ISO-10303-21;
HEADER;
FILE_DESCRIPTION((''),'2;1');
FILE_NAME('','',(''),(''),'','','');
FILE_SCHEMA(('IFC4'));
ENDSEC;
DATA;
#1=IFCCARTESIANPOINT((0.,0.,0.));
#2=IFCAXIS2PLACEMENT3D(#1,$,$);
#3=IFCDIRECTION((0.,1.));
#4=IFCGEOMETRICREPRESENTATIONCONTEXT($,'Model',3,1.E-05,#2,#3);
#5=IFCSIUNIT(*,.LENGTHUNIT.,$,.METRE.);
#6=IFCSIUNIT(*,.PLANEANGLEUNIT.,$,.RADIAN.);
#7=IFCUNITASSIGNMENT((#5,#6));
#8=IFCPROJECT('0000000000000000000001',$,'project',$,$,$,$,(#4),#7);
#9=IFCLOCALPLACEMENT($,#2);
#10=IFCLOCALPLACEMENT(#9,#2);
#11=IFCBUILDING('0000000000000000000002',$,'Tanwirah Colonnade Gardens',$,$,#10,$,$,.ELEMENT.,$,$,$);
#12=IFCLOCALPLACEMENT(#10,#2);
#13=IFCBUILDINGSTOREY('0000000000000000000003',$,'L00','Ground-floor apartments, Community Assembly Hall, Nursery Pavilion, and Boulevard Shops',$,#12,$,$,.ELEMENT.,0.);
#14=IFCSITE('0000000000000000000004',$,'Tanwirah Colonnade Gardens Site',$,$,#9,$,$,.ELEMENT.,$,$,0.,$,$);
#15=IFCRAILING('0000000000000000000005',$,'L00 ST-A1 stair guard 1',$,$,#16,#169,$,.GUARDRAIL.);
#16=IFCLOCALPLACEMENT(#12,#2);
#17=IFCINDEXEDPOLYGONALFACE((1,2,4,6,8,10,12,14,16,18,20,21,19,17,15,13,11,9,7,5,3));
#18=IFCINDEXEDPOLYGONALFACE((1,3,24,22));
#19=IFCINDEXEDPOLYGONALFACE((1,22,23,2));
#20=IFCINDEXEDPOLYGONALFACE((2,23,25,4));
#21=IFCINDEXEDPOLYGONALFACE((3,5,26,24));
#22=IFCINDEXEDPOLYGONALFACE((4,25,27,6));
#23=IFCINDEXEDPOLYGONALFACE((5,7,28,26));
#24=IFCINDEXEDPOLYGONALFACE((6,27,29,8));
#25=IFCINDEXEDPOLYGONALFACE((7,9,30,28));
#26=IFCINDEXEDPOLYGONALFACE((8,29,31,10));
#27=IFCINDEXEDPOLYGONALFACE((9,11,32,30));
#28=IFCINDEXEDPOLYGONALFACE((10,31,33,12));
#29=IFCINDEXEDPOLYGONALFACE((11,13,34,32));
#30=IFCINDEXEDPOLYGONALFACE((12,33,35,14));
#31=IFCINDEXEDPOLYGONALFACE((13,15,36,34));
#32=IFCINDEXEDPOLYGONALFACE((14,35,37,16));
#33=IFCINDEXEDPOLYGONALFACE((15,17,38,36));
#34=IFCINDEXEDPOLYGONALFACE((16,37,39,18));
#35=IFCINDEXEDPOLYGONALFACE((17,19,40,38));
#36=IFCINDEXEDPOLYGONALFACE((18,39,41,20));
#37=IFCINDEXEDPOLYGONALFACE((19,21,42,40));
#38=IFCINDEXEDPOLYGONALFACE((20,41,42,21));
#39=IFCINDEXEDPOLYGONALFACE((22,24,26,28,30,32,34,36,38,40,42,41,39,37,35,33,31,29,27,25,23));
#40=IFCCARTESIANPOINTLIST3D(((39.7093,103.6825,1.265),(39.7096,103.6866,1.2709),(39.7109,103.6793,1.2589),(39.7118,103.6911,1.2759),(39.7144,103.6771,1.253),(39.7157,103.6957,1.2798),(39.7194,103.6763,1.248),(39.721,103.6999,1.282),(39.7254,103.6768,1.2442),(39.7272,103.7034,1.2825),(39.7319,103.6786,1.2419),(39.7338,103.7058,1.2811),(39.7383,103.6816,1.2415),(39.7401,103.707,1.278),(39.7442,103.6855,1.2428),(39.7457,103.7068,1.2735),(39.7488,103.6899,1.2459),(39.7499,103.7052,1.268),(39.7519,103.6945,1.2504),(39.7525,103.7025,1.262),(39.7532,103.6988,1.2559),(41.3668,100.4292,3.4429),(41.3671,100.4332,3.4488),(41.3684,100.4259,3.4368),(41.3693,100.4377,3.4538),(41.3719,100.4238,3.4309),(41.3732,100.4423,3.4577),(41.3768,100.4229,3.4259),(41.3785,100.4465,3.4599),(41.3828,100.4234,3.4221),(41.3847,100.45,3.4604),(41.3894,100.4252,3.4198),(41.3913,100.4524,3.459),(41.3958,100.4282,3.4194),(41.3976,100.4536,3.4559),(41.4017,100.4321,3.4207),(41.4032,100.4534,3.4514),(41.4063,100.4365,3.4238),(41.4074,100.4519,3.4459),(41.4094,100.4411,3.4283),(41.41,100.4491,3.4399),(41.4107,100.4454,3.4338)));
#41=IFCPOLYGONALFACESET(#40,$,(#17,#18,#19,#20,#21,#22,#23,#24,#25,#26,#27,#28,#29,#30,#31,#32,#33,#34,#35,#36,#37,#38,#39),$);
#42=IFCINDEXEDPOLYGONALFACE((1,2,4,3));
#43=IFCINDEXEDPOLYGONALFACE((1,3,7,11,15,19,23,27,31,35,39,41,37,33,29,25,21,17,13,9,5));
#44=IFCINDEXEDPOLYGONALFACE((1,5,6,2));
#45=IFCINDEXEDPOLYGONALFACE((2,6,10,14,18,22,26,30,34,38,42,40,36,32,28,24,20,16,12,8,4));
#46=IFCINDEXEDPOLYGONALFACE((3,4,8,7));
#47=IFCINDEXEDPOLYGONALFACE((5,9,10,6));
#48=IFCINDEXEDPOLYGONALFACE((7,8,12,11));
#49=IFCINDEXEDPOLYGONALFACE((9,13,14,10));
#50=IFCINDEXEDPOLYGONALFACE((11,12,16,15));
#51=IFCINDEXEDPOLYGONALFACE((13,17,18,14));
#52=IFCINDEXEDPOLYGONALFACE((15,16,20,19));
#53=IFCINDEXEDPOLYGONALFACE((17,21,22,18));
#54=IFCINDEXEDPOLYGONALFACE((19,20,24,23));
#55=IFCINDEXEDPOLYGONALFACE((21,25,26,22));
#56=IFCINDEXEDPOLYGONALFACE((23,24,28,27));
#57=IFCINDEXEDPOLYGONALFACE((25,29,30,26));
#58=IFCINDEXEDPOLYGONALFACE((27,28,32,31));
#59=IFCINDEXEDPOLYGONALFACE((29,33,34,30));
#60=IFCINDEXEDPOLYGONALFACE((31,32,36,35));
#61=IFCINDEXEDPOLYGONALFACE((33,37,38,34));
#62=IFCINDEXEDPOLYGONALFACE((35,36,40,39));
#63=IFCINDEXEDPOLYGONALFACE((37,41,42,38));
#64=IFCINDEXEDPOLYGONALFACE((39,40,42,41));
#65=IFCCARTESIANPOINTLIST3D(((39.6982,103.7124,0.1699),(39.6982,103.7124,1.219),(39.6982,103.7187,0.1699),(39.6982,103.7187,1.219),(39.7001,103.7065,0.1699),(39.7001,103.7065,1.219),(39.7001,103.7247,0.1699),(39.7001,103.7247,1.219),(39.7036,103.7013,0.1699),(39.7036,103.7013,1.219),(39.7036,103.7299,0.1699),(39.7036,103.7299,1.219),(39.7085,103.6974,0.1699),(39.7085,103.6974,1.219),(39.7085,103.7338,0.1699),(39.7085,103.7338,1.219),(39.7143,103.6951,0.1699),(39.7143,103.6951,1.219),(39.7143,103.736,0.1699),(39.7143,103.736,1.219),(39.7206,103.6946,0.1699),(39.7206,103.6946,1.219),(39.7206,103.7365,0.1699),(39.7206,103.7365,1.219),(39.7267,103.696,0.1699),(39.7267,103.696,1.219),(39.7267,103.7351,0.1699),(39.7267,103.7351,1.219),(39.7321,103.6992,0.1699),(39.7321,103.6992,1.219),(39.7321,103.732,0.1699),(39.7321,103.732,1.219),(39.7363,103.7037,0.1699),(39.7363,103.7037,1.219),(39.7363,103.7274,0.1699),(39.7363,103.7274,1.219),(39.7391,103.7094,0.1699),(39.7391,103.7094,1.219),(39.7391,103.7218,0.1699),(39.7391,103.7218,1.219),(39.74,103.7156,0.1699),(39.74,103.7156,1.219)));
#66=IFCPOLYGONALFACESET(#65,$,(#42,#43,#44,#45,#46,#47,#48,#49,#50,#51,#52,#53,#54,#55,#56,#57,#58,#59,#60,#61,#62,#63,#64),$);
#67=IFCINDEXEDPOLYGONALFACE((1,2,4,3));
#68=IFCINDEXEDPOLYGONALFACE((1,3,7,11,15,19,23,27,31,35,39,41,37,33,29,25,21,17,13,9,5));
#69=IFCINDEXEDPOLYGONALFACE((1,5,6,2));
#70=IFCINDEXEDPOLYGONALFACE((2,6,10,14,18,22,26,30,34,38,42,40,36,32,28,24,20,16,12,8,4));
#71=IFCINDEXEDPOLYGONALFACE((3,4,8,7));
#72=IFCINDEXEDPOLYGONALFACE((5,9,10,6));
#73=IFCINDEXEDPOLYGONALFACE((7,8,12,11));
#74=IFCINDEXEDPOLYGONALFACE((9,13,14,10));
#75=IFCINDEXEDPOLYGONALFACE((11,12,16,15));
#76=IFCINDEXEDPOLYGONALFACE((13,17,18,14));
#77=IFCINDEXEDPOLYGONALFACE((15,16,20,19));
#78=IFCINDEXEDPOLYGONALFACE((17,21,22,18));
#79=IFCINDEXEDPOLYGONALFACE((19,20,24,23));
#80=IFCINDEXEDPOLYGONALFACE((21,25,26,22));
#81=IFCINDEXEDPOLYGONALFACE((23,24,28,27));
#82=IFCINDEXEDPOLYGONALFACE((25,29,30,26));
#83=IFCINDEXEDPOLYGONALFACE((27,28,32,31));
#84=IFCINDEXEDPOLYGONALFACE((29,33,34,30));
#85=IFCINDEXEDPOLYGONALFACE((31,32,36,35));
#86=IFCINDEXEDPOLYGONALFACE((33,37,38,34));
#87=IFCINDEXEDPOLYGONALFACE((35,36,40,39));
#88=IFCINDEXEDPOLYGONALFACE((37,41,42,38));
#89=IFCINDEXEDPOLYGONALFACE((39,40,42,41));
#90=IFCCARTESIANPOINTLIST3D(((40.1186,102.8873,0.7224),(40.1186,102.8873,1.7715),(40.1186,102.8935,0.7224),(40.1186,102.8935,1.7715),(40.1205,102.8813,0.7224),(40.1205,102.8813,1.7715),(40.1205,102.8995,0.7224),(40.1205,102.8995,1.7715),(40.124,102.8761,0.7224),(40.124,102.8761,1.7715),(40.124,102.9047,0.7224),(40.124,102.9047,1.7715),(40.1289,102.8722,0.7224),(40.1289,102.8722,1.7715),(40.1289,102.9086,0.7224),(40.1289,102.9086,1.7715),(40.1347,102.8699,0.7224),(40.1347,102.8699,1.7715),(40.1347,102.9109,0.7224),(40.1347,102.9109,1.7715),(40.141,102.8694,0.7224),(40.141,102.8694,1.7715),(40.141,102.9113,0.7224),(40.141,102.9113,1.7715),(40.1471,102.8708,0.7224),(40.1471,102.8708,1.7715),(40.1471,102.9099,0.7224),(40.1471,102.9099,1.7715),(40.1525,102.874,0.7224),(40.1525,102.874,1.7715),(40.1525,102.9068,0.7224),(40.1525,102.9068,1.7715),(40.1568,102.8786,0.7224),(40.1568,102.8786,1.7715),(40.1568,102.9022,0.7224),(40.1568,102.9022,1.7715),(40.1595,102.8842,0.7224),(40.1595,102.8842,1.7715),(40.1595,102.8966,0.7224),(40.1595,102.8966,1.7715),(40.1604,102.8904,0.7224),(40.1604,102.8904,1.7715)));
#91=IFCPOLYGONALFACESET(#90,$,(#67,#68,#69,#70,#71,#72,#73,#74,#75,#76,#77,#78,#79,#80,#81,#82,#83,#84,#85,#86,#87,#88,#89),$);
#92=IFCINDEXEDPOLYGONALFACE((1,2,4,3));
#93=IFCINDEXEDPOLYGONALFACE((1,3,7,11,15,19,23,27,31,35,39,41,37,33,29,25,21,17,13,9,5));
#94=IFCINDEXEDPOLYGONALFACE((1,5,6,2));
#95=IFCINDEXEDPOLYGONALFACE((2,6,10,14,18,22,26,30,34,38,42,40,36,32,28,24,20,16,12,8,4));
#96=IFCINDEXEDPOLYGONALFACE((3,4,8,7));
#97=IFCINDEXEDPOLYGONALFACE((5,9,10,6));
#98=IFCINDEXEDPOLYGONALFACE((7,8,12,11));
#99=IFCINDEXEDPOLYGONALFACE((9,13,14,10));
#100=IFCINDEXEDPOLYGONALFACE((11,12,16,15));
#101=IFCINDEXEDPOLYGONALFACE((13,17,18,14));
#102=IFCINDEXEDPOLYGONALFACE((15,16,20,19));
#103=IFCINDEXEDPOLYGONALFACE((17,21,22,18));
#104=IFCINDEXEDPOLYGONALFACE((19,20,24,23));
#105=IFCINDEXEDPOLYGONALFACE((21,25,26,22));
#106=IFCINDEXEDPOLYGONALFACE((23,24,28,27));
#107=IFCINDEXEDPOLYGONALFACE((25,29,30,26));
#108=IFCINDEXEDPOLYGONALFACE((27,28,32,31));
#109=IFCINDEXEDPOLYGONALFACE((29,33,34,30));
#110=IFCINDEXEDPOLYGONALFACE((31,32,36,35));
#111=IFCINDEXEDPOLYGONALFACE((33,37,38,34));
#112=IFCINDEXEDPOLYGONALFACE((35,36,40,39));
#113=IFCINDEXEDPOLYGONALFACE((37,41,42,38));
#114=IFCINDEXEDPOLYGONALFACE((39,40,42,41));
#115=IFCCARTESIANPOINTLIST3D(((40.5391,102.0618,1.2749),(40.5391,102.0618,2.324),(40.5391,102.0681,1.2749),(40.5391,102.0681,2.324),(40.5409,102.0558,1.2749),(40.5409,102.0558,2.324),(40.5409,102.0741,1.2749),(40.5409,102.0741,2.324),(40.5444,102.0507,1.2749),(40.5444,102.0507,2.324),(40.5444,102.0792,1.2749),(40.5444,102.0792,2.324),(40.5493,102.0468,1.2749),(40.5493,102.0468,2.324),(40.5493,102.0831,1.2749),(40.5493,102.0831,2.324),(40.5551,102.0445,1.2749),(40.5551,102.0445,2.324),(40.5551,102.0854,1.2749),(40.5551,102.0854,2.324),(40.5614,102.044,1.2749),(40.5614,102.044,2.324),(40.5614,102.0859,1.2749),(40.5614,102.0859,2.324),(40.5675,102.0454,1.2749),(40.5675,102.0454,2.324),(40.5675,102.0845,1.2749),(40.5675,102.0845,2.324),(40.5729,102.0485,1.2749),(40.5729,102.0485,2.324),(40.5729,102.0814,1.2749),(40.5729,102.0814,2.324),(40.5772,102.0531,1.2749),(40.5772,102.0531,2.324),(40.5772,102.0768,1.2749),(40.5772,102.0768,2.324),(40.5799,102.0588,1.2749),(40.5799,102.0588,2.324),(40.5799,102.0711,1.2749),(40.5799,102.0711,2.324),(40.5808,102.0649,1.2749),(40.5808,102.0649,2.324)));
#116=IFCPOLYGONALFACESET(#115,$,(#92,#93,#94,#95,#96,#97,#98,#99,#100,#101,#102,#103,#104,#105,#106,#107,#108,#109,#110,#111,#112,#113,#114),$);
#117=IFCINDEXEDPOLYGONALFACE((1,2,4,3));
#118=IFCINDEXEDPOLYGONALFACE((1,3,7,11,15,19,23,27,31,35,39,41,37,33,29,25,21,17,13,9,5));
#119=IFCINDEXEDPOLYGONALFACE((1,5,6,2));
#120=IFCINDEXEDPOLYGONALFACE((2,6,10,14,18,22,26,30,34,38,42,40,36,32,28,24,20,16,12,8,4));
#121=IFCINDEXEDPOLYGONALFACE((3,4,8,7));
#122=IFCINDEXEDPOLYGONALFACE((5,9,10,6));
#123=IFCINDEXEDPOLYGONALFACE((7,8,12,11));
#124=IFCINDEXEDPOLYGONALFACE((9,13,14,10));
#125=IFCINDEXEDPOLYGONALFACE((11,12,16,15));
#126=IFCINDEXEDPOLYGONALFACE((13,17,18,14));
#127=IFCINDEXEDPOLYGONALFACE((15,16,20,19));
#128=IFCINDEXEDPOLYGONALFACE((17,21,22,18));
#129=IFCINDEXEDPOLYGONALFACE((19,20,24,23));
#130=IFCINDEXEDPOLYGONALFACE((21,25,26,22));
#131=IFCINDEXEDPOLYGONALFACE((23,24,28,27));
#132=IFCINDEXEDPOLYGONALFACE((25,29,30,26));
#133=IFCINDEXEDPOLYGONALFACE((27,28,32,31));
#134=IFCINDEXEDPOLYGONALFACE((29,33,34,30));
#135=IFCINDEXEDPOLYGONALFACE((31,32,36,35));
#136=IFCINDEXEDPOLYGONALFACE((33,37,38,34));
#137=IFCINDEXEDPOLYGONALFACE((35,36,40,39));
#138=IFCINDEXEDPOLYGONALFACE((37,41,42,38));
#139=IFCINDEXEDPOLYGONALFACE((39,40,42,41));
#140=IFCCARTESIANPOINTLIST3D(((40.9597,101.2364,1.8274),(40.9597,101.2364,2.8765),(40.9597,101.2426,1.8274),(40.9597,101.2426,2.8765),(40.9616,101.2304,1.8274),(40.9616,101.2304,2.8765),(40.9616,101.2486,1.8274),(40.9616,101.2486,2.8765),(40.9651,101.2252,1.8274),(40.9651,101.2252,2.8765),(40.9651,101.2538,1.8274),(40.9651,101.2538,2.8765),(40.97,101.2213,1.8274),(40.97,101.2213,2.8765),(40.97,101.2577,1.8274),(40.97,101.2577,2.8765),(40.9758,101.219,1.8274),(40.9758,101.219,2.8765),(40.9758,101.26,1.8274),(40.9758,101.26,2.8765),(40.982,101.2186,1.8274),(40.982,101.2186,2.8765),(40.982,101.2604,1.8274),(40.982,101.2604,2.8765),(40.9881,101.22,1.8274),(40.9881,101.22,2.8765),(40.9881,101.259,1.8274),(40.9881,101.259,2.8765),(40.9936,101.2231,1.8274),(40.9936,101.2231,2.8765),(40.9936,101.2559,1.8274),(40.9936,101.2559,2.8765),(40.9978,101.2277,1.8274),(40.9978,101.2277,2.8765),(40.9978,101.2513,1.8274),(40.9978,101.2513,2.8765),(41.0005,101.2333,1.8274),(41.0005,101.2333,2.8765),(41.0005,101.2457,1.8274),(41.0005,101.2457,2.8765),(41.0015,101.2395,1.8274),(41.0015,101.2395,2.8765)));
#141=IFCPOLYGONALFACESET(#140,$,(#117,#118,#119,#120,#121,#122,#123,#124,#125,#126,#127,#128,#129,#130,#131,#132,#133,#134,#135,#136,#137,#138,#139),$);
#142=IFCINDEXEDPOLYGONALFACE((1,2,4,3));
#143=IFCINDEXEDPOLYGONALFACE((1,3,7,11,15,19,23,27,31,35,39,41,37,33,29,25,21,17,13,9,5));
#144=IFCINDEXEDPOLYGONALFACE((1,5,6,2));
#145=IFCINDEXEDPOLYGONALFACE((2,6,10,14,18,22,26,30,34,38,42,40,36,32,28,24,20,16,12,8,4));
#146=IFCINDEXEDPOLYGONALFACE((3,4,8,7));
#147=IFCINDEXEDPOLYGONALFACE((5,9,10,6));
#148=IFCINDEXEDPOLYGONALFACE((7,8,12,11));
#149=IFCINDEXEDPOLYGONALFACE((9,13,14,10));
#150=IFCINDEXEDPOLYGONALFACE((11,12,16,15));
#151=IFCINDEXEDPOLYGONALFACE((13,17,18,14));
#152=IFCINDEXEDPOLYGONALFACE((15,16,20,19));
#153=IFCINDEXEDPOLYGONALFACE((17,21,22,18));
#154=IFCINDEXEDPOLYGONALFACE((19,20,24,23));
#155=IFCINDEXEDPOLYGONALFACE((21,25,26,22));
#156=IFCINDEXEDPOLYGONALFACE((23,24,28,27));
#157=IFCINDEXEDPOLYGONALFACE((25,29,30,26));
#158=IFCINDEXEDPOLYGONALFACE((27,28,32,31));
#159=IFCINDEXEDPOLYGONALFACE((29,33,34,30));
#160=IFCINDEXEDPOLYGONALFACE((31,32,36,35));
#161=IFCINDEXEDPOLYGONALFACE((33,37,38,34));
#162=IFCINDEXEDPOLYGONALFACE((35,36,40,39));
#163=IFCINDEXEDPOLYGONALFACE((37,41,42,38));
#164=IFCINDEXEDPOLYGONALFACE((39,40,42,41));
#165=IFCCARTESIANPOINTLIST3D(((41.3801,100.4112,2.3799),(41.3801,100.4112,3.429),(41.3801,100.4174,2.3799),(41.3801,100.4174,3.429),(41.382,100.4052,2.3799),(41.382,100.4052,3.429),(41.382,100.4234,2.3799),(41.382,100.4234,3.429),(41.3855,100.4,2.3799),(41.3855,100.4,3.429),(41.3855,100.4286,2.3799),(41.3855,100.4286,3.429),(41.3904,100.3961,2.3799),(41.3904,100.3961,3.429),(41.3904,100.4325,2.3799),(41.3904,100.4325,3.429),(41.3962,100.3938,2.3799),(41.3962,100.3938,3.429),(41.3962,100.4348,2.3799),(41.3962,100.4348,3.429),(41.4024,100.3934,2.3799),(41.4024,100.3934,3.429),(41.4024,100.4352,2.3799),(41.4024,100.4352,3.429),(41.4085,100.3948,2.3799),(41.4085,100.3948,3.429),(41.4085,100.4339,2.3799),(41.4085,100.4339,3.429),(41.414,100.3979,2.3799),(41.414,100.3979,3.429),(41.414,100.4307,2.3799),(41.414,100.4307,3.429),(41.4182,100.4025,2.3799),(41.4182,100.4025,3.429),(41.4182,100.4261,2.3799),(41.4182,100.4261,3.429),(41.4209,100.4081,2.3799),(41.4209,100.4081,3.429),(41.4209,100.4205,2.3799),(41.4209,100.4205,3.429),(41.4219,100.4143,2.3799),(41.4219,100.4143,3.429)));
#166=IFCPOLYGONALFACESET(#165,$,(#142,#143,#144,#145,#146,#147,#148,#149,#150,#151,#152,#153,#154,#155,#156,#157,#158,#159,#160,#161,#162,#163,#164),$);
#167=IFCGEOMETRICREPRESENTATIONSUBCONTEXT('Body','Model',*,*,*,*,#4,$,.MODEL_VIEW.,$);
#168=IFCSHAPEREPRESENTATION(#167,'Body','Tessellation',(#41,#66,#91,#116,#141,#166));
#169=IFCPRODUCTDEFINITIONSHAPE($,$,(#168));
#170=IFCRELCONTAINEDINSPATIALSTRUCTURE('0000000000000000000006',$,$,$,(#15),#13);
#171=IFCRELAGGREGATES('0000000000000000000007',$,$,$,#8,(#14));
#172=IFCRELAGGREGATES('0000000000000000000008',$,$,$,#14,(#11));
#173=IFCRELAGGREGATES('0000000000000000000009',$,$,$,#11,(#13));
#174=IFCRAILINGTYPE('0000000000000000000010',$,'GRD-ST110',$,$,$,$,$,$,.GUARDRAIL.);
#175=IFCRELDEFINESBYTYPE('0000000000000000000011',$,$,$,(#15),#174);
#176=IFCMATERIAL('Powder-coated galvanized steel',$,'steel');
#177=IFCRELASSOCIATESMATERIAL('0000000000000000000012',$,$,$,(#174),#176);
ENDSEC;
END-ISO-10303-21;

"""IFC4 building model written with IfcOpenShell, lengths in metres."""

from ifc_helpers import new_model, si_unit, direction, frame, origin, origin_2d, place, context, subcontext, project, spatial, circle, extrude, material, type_object, element, save


model = new_model("IFC4")

# Units and contexts
model_context = context("Model", 3, precision=1e-05, world=origin(), true_north=direction((0.0, 1.0)))
body_context = subcontext(model_context, "Body", "Model", "MODEL_VIEW")
ifc_project = project(units=[si_unit("LENGTHUNIT", "METRE"), si_unit("PLANEANGLEUNIT", "RADIAN")], contexts=[model_context])

# Site, building, storey
site_placement = place(None, origin())
site = spatial("IfcSite", under=ifc_project, at=site_placement, Name="Tanwirah Colonnade Gardens Site", CompositionType="ELEMENT", RefElevation=0.0)
building_placement = place(site_placement, origin())
building = spatial("IfcBuilding", under=site, at=building_placement, Name="Tanwirah Colonnade Gardens", CompositionType="ELEMENT")
storey_placement = place(building_placement, origin())
storey = spatial("IfcBuildingStorey", under=building, at=storey_placement, Name="L00", Description="Ground-floor apartments, Community Assembly Hall, Nursery Pavilion, and Boulevard Shops", CompositionType="ELEMENT", Elevation=0.0)

# Railing
ifc_material_1 = material(Name="Powder-coated galvanized steel", Category="steel")
railing_type_1 = type_object("IfcRailingType", Name="GRD-ST110", PredefinedType="GUARDRAIL", material=ifc_material_1)
railing_1_placement = place(storey_placement, frame((39.719, 103.7156, 0.1699)))
element("IfcRailing", 1, at=railing_1_placement, inside=storey, type_object=railing_type_1, Name="L00 ST-A1 stair guard 1", PredefinedType="GUARDRAIL", context=body_context, shape_type="SweptSolid", body=[
    extrude(circle(Radius=0.0239, at=origin_2d()), frame((0.0122, -0.0239, 1.092), z_axis=(0.389862, -0.765236, 0.51227), x_axis=(0.891028, 0.453948, 0.0)), (0.0, 0.0, 1.0), 4.2515),
    extrude(circle(Radius=0.021, at=origin_2d()), origin(), (0.0, 0.0, 1.0), 1.0491),
    extrude(circle(Radius=0.021, at=origin_2d()), frame((0.4204, -0.8252, 0.5525)), (0.0, 0.0, 1.0), 1.0491),
    extrude(circle(Radius=0.021, at=origin_2d()), frame((0.8408, -1.6506, 1.105)), (0.0, 0.0, 1.0), 1.0491),
    extrude(circle(Radius=0.021, at=origin_2d()), frame((1.2615, -2.4761, 1.6575)), (0.0, 0.0, 1.0), 1.0491),
    extrude(circle(Radius=0.021, at=origin_2d()), frame((1.6819, -3.3013, 2.21)), (0.0, 0.0, 1.0), 1.0491),
])

save(model, "model.ifc")
